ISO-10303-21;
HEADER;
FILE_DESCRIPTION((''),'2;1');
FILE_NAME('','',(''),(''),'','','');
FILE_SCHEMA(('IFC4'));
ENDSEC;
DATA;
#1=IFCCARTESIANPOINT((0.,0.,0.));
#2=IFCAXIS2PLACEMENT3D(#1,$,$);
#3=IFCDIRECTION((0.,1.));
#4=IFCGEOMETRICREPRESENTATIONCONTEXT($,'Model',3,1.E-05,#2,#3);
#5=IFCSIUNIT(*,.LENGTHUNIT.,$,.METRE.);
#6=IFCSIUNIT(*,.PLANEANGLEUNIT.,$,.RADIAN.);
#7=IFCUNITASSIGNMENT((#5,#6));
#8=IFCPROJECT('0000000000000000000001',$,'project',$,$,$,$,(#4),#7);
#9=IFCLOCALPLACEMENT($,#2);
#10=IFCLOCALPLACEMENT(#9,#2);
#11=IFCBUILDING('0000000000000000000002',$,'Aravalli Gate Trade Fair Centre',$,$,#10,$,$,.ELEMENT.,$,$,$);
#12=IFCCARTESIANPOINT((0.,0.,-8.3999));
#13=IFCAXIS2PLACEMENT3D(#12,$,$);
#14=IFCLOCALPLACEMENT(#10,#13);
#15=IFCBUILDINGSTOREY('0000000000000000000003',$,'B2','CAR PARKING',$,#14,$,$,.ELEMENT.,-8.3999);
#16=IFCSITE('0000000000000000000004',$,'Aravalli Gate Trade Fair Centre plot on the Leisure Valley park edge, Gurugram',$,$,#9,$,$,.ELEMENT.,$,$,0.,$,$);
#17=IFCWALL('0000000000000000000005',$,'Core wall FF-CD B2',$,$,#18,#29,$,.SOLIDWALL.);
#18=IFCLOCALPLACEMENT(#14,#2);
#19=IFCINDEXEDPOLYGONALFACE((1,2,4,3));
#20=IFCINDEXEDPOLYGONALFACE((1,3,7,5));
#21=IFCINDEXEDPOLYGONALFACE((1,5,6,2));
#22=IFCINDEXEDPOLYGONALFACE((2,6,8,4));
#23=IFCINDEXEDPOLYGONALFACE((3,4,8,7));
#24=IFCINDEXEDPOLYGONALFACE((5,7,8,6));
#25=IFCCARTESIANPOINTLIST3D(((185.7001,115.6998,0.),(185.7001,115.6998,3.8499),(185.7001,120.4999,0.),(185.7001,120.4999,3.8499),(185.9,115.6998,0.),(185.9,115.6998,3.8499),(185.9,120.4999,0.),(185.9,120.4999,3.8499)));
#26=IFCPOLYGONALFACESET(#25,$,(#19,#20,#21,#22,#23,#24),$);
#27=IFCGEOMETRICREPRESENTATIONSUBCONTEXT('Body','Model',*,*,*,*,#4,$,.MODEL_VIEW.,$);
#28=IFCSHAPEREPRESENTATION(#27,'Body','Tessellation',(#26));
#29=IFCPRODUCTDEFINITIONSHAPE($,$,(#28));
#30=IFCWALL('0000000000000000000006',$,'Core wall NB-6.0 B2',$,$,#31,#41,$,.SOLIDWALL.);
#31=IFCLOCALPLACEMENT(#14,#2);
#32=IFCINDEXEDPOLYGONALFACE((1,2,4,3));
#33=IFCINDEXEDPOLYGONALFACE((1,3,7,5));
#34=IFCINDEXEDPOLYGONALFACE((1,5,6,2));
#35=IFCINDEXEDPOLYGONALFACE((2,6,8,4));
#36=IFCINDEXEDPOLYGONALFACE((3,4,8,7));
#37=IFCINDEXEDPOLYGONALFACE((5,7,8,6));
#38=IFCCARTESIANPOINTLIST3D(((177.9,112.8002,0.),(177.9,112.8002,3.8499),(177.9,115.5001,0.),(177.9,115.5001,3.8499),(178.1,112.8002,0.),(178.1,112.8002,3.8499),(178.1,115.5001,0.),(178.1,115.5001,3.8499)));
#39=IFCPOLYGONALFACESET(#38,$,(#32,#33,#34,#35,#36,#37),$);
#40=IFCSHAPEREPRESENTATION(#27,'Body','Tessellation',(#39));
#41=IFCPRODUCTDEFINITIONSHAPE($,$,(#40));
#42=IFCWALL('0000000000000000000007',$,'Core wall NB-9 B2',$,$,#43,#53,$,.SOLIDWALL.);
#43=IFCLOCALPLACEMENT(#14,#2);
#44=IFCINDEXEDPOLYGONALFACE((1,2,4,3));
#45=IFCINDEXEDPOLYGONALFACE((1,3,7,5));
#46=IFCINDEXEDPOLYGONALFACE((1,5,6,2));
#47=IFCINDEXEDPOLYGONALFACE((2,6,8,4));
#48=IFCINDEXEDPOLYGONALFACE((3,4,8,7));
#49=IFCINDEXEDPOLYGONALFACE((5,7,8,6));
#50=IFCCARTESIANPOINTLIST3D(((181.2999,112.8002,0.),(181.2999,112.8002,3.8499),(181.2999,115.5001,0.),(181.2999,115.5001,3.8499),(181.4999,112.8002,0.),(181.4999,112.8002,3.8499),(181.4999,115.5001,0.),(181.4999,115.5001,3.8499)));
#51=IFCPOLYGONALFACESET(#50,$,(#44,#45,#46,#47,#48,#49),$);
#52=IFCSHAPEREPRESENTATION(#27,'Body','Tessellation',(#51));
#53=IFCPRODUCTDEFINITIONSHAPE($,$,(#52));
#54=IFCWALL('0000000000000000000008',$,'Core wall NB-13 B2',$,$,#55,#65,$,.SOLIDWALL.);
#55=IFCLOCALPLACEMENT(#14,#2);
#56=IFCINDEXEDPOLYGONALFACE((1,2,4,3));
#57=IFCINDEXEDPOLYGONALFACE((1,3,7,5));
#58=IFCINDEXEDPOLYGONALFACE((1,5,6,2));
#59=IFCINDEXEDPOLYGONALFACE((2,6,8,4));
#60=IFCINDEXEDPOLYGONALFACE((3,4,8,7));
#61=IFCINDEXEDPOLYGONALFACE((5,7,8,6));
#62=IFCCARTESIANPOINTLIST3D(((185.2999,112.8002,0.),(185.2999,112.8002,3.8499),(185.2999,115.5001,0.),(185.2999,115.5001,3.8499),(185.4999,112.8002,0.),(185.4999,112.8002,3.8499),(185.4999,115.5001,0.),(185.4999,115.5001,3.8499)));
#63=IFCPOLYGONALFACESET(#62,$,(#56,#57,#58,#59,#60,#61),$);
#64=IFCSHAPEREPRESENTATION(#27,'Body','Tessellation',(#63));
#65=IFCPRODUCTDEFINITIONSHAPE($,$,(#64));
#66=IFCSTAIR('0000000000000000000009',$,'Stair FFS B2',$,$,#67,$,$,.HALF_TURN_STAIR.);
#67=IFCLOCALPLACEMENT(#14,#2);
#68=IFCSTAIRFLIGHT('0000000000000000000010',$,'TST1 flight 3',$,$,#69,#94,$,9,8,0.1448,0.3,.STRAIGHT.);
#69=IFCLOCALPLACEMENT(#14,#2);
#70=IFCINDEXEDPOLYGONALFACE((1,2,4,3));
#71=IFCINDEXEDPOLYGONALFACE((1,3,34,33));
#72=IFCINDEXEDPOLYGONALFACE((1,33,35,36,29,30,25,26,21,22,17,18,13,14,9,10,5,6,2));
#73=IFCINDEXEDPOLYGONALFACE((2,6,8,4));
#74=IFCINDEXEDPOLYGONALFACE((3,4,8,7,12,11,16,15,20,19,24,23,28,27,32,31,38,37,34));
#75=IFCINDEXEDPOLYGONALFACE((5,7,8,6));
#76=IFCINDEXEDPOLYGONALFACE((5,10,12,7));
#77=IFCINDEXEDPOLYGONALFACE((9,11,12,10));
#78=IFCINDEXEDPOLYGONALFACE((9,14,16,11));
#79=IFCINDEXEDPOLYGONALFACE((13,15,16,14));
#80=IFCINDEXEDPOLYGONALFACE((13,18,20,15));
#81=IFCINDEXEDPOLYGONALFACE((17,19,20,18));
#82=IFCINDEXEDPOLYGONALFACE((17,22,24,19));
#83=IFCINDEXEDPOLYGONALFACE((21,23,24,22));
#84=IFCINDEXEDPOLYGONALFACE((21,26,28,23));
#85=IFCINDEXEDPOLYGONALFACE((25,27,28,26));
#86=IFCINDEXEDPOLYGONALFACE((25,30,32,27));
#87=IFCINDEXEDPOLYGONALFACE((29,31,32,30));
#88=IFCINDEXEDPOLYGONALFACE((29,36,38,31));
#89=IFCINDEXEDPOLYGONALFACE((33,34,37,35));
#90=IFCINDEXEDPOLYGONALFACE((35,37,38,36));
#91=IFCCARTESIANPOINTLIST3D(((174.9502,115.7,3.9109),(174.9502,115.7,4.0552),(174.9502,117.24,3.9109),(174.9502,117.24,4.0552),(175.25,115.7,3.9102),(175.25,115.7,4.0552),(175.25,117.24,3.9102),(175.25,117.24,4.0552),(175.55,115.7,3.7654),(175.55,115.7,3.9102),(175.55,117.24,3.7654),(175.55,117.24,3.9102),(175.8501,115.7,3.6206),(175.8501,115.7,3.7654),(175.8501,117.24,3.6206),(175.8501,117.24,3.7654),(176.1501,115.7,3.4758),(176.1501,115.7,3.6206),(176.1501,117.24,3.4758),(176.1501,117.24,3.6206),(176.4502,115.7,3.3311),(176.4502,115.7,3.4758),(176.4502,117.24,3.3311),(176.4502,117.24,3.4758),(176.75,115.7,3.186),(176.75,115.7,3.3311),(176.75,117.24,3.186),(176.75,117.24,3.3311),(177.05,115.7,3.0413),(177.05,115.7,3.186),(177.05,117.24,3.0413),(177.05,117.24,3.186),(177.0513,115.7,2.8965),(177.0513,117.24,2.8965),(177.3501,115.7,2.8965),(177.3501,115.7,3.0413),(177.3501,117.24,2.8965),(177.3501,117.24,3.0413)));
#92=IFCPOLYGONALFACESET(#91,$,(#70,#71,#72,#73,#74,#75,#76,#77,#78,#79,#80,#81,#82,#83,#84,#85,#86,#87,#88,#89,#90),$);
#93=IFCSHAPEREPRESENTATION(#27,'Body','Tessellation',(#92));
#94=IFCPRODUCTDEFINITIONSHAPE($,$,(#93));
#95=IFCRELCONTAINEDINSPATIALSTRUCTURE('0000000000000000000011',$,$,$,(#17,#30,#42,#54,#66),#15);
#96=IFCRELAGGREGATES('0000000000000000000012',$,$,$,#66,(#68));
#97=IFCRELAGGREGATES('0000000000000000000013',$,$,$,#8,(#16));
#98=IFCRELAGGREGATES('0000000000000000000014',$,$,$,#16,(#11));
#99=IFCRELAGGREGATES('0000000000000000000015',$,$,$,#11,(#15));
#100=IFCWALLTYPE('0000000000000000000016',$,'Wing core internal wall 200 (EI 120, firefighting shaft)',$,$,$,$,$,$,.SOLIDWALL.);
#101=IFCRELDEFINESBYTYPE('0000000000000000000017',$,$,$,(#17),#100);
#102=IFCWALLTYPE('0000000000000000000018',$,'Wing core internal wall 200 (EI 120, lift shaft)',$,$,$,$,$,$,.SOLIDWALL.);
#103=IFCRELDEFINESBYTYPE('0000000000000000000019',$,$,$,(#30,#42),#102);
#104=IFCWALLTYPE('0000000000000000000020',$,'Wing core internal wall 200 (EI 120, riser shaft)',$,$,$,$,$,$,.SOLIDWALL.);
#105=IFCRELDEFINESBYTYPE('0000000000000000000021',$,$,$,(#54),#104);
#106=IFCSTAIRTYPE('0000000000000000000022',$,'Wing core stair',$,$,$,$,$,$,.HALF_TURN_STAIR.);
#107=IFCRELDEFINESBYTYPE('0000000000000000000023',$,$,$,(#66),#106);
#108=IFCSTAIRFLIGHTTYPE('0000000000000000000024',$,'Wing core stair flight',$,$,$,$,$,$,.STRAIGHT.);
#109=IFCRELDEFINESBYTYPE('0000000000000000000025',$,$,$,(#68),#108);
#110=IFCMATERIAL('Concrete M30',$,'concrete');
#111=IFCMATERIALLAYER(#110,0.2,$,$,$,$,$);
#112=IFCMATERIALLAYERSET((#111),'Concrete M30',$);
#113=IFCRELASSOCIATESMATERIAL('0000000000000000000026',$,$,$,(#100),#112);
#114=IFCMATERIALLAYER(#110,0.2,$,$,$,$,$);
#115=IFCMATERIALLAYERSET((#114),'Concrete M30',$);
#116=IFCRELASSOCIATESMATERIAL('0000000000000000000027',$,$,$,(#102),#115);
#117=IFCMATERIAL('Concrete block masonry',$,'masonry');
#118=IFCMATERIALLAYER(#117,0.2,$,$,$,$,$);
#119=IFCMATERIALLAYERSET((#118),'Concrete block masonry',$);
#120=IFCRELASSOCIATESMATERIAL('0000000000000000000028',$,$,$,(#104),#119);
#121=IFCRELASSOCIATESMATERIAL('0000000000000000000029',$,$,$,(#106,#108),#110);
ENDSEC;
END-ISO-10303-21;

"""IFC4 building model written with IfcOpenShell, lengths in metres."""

from ifc_helpers import new_model, si_unit, direction, frame, frame_2d, origin, place, context, subcontext, project, spatial, polyline, rectangle, outline, extrude, material, layer, layer_set, type_object, element, aggregate, save


model = new_model("IFC4")

# Units and contexts
model_context = context("Model", 3, precision=1e-05, world=origin(), true_north=direction((0.0, 1.0)))
body_context = subcontext(model_context, "Body", "Model", "MODEL_VIEW")
ifc_project = project(units=[si_unit("LENGTHUNIT", "METRE"), si_unit("PLANEANGLEUNIT", "RADIAN")], contexts=[model_context])

# Site, building, storey
site_placement = place(None, origin())
site = spatial("IfcSite", under=ifc_project, at=site_placement, Name="Aravalli Gate Trade Fair Centre plot on the Leisure Valley park edge, Gurugram", CompositionType="ELEMENT", RefElevation=0.0)
building_placement = place(site_placement, origin())
building = spatial("IfcBuilding", under=site, at=building_placement, Name="Aravalli Gate Trade Fair Centre", CompositionType="ELEMENT")
storey_placement = place(building_placement, frame((0.0, 0.0, -8.3999)))
storey = spatial("IfcBuildingStorey", under=building, at=storey_placement, Name="B2", Description="CAR PARKING", CompositionType="ELEMENT", Elevation=-8.3999)

# Shared definitions
ifc_material_1 = material(Name="Concrete M30", Category="concrete")
ifc_layer_1 = layer(ifc_material_1, 0.2)
ifc_layer_set_1 = layer_set([ifc_layer_1], Name="Concrete M30")
wall_type_1 = type_object("IfcWallType", Name="Wing core internal wall 200 (EI 120, firefighting shaft)", PredefinedType="SOLIDWALL", material=ifc_layer_set_1)

# Walls
wall_1_placement = place(storey_placement, frame((185.8, 115.7, 0.0), z_axis=(0.0, 0.0, 1.0), x_axis=(0.0, 1.0, 0.0)))
element("IfcWall", 1, at=wall_1_placement, inside=storey, type_object=wall_type_1, Name="Core wall FF-CD B2", PredefinedType="SOLIDWALL", context=body_context, shape_type="SweptSolid", body=[
    extrude(rectangle(XDim=4.8, YDim=0.2, at=frame_2d((2.3999, 0.0))), origin(), (0.0, 0.0, 1.0), 3.8499),
])
ifc_layer_2 = layer(ifc_material_1, 0.2)
ifc_layer_set_2 = layer_set([ifc_layer_2], Name="Concrete M30")
wall_type_2 = type_object("IfcWallType", Name="Wing core internal wall 200 (EI 120, lift shaft)", PredefinedType="SOLIDWALL", material=ifc_layer_set_2)
for number, where, z_axis, x_axis, name in (
    (2, (178.0, 112.8, 0.0), (0.0, 0.0, 1.0), (0.0, 1.0, 0.0), "Core wall NB-6.0 B2"),
    (3, (181.3999, 112.8, 0.0), (0.0, 0.0, 1.0), (0.0, 1.0, 0.0), "Core wall NB-9 B2"),
):
    element("IfcWall", number, at=place(storey_placement, frame(where, z_axis=z_axis, x_axis=x_axis)), inside=storey, type_object=wall_type_2, Name=name, PredefinedType="SOLIDWALL", context=body_context, shape_type="SweptSolid", body=[
        extrude(rectangle(XDim=2.7, YDim=0.2, at=frame_2d((1.3501, 0.0))), origin(), (0.0, 0.0, 1.0), 3.8499),
    ])
ifc_material_2 = material(Name="Concrete block masonry", Category="masonry")
ifc_layer_3 = layer(ifc_material_2, 0.2)
ifc_layer_set_3 = layer_set([ifc_layer_3], Name="Concrete block masonry")
wall_type_3 = type_object("IfcWallType", Name="Wing core internal wall 200 (EI 120, riser shaft)", PredefinedType="SOLIDWALL", material=ifc_layer_set_3)
wall_2_placement = place(storey_placement, frame((185.3999, 112.8, 0.0), z_axis=(0.0, 0.0, 1.0), x_axis=(0.0, 1.0, 0.0)))
element("IfcWall", 4, at=wall_2_placement, inside=storey, type_object=wall_type_3, Name="Core wall NB-13 B2", PredefinedType="SOLIDWALL", context=body_context, shape_type="SweptSolid", body=[
    extrude(rectangle(XDim=2.7, YDim=0.2, at=frame_2d((1.3501, 0.0))), origin(), (0.0, 0.0, 1.0), 3.8499),
])

# Stair, stair flight
stair_type = type_object("IfcStairType", Name="Wing core stair", PredefinedType="HALF_TURN_STAIR", material=ifc_material_1)
stair_placement = place(storey_placement, origin())
stair = element("IfcStair", 5, at=stair_placement, inside=storey, type_object=stair_type, Name="Stair FFS B2", PredefinedType="HALF_TURN_STAIR")
stair_flight_type = type_object("IfcStairFlightType", Name="Wing core stair flight", PredefinedType="STRAIGHT", material=ifc_material_1)
stair_flight_placement = place(storey_placement, frame((177.3501, 116.47, 2.8965), z_axis=(0.0, 0.0, 1.0), x_axis=(-1.0, 0.0, 0.0)))
stair_flight = element("IfcStairFlight", 6, at=stair_flight_placement, type_object=stair_flight_type, Name="TST1 flight 3", NumberOfRisers=9, NumberOfTreads=8, PredefinedType="STRAIGHT", RiserHeight=0.1448, TreadLength=0.3, context=body_context, shape_type="SweptSolid", body=[
    extrude(outline(polyline([(0.0, 0.0), (0.0, 0.1448), (0.3, 0.1448), (0.3, 0.2896), (0.6001, 0.2896), (0.6001, 0.4346), (0.8999, 0.4346), (0.8999, 0.5793), (1.2, 0.5793), (1.2, 0.7241), (1.5, 0.7241), (1.5, 0.8689), (1.8, 0.8689), (1.8, 1.0137), (2.1001, 1.0137), (2.1001, 1.1587), (2.3999, 1.1587), (2.3999, 1.3035), (2.3999, 1.0144), (0.2988, 0.0), (0.0, 0.0)])), frame((0.0, 0.77, 0.0), z_axis=(0.0, -1.0, 0.0), x_axis=(1.0, 0.0, 0.0)), (0.0, 0.0, 1.0), 1.54),
])
aggregate(stair, [stair_flight])

save(model, "model.ifc")
